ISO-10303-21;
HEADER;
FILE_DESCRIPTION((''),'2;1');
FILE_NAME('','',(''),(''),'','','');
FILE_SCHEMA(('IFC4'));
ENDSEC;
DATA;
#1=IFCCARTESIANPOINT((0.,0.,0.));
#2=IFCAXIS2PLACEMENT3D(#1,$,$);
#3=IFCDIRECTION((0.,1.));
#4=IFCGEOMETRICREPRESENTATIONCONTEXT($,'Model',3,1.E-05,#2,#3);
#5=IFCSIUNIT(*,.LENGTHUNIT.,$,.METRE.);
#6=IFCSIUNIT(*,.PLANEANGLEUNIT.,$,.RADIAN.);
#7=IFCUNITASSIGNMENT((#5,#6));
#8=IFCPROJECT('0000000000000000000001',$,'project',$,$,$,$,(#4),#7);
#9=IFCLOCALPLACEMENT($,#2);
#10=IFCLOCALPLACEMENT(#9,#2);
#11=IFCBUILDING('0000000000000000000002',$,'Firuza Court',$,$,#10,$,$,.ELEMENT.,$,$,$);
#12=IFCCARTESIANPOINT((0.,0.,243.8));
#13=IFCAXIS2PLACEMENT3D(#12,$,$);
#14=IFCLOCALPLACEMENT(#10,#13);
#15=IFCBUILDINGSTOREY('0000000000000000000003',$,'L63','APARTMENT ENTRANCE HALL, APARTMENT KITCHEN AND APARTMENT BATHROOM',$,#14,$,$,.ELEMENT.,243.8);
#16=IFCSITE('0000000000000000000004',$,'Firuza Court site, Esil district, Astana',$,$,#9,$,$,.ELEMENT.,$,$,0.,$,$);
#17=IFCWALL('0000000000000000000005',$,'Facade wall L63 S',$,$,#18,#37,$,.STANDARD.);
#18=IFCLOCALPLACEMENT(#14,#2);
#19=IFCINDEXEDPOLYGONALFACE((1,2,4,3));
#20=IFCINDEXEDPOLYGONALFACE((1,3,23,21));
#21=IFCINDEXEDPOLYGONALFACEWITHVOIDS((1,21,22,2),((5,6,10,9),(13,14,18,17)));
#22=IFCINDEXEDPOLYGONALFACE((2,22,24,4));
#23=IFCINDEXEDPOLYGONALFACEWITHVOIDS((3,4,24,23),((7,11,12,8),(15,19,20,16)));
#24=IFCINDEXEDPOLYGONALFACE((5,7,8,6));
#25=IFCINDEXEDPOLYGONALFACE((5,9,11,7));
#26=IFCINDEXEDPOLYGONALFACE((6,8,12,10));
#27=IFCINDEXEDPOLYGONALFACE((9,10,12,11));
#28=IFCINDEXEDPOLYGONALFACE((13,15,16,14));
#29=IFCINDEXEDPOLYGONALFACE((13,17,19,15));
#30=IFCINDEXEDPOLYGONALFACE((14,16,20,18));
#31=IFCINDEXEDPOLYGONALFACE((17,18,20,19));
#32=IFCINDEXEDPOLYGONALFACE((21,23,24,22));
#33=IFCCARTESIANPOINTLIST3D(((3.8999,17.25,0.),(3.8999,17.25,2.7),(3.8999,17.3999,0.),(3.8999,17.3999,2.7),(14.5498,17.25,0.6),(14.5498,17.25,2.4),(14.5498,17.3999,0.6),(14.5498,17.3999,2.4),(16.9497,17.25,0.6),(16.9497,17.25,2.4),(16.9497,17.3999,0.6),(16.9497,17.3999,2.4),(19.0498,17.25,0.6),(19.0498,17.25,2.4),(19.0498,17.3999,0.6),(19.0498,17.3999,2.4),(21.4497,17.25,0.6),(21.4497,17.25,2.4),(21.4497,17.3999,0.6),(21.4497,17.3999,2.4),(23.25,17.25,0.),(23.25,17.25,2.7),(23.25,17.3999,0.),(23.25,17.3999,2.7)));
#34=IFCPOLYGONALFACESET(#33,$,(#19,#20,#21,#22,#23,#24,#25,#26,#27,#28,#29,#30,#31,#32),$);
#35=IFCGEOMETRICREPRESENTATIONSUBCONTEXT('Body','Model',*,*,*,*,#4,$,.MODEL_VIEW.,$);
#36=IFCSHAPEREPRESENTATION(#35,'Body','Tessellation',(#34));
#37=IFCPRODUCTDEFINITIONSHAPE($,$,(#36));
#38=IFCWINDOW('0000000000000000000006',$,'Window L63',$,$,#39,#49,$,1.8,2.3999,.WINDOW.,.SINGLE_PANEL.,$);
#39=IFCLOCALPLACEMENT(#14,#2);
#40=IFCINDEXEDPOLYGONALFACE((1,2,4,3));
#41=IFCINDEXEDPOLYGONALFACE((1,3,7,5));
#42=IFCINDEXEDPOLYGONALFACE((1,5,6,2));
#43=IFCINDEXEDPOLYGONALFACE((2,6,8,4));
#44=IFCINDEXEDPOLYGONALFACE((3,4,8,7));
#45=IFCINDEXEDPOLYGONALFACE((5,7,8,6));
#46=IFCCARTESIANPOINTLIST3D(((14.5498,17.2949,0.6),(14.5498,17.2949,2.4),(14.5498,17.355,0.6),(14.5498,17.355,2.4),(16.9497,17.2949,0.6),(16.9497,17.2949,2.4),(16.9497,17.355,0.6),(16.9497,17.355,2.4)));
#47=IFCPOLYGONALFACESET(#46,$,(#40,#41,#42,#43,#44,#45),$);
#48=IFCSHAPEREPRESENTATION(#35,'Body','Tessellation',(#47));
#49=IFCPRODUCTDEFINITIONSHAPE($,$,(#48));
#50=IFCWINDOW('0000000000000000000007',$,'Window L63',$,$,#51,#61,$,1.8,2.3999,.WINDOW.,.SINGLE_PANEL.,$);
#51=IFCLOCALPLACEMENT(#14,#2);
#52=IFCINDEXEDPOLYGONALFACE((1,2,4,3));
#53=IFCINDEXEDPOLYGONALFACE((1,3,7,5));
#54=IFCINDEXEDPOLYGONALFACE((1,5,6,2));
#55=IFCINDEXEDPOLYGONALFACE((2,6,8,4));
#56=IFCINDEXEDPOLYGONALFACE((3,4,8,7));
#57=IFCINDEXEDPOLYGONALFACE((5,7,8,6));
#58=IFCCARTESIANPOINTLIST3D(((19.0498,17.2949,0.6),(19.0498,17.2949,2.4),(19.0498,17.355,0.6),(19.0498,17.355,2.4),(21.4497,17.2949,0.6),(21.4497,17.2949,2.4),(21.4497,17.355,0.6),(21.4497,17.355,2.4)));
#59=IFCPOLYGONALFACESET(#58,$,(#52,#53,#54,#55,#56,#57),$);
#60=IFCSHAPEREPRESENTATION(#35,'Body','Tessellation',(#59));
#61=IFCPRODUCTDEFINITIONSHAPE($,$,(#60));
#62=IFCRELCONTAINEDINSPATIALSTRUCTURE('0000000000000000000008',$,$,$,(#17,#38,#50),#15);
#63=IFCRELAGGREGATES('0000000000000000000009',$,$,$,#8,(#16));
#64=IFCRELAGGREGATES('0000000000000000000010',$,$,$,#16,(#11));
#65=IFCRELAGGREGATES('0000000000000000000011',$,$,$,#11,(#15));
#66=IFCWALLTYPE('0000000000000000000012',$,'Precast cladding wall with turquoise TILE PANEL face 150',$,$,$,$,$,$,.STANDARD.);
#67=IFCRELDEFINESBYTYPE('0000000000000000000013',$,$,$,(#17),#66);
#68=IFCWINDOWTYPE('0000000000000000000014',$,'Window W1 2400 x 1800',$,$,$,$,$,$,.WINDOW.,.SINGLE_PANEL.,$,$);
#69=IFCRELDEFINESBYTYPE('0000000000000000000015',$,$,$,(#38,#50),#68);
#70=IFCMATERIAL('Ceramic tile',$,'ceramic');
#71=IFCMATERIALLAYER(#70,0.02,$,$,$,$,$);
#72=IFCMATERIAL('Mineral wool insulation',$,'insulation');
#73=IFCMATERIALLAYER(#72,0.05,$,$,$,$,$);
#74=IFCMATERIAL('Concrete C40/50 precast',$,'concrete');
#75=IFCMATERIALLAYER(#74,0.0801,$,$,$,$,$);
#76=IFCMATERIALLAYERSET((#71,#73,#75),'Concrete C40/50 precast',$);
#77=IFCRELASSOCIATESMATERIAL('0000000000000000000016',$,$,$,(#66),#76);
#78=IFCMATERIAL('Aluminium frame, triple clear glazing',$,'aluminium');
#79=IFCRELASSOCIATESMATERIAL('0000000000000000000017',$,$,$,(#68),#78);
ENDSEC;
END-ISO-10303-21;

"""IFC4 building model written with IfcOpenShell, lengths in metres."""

from ifc_helpers import new_model, si_unit, direction, frame, frame_2d, origin, place, context, subcontext, project, spatial, rectangle, extrude, material, layer, layer_set, type_object, element, fill, save


model = new_model("IFC4")

# Units and contexts
model_context = context("Model", 3, precision=1e-05, world=origin(), true_north=direction((0.0, 1.0)))
body_context = subcontext(model_context, "Body", "Model", "MODEL_VIEW")
ifc_project = project(units=[si_unit("LENGTHUNIT", "METRE"), si_unit("PLANEANGLEUNIT", "RADIAN")], contexts=[model_context])

# Site, building, storey
site_placement = place(None, origin())
site = spatial("IfcSite", under=ifc_project, at=site_placement, Name="Firuza Court site, Esil district, Astana", CompositionType="ELEMENT", RefElevation=0.0)
building_placement = place(site_placement, origin())
building = spatial("IfcBuilding", under=site, at=building_placement, Name="Firuza Court", CompositionType="ELEMENT")
storey_placement = place(building_placement, frame((0.0, 0.0, 243.8)))
storey = spatial("IfcBuildingStorey", under=building, at=storey_placement, Name="L63", Description="APARTMENT ENTRANCE HALL, APARTMENT KITCHEN AND APARTMENT BATHROOM", CompositionType="ELEMENT", Elevation=243.8)

# Shared definitions
ifc_material_1 = material(Name="Concrete C40/50 precast", Category="concrete")

# Shared definitions
ifc_material_2 = material(Name="Ceramic tile", Category="ceramic")
ifc_layer_1 = layer(ifc_material_2, 0.02)
ifc_material_3 = material(Name="Mineral wool insulation", Category="insulation")
ifc_layer_2 = layer(ifc_material_3, 0.05)
ifc_layer_3 = layer(ifc_material_1, 0.0801)
ifc_layer_set_1 = layer_set([ifc_layer_1, ifc_layer_2, ifc_layer_3], Name="Concrete C40/50 precast")
wall_type_1 = type_object("IfcWallType", Name="Precast cladding wall with turquoise TILE PANEL face 150", PredefinedType="STANDARD", material=ifc_layer_set_1)

# Wall, openings, windows
wall_1_placement = place(storey_placement, frame((3.8999, 17.325, 0.0), z_axis=(0.0, 0.0, 1.0), x_axis=(1.0, 0.0, 0.0)))
wall_1 = element("IfcWall", 1, at=wall_1_placement, inside=storey, type_object=wall_type_1, Name="Facade wall L63 S", PredefinedType="STANDARD", context=body_context, shape_type="SweptSolid", body=[
    extrude(rectangle(XDim=19.3501, YDim=0.1499, at=frame_2d((9.675, 0.0))), origin(), (0.0, 0.0, 1.0), 2.7),
])
opening_1_placement = place(wall_1_placement, frame((10.6499, 0.0, 0.6001)))
opening_1 = element("IfcOpeningElement", 2, at=opening_1_placement, cuts=wall_1, PredefinedType="OPENING", context=body_context, shape_type="SweptSolid", body=[
    extrude(rectangle(XDim=2.3999, YDim=1.8, at=frame_2d((1.2, 0.8999))), frame((0.0, 0.0869, 0.0), z_axis=(0.0, -1.0, 0.0), x_axis=(1.0, 0.0, 0.0)), (0.0, 0.0, 1.0), 0.1738),
])
opening_2_placement = place(wall_1_placement, frame((15.1499, 0.0, 0.6001)))
opening_2 = element("IfcOpeningElement", 3, at=opening_2_placement, cuts=wall_1, PredefinedType="OPENING", context=body_context, shape_type="SweptSolid", body=[
    extrude(rectangle(XDim=2.3999, YDim=1.8, at=frame_2d((1.2, 0.8999))), frame((0.0, 0.0869, 0.0), z_axis=(0.0, -1.0, 0.0), x_axis=(1.0, 0.0, 0.0)), (0.0, 0.0, 1.0), 0.1738),
])
ifc_material_4 = material(Name="Aluminium frame, triple clear glazing", Category="aluminium")
window_type = type_object("IfcWindowType", Name="Window W1 2400 x 1800", PartitioningType="SINGLE_PANEL", PredefinedType="WINDOW", material=ifc_material_4)
window_1_placement = place(opening_1_placement, origin())
window_1 = element("IfcWindow", 4, at=window_1_placement, inside=storey, type_object=window_type, Name="Window L63", OverallHeight=1.8, OverallWidth=2.3999, PartitioningType="SINGLE_PANEL", PredefinedType="WINDOW", context=body_context, shape_type="SweptSolid", body=[
    extrude(rectangle(XDim=2.3999, YDim=1.8, at=frame_2d((1.2, 0.8999))), frame((0.0, 0.03, 0.0), z_axis=(0.0, -1.0, 0.0), x_axis=(1.0, 0.0, 0.0)), (0.0, 0.0, 1.0), 0.0601),
])
fill(opening_1, window_1)
window_2_placement = place(opening_2_placement, origin())
window_2 = element("IfcWindow", 5, at=window_2_placement, inside=storey, type_object=window_type, Name="Window L63", OverallHeight=1.8, OverallWidth=2.3999, PartitioningType="SINGLE_PANEL", PredefinedType="WINDOW", context=body_context, shape_type="SweptSolid", body=[
    extrude(rectangle(XDim=2.3999, YDim=1.8, at=frame_2d((1.2, 0.8999))), frame((0.0, 0.03, 0.0), z_axis=(0.0, -1.0, 0.0), x_axis=(1.0, 0.0, 0.0)), (0.0, 0.0, 1.0), 0.0601),
])
fill(opening_2, window_2)

save(model, "model.ifc")
